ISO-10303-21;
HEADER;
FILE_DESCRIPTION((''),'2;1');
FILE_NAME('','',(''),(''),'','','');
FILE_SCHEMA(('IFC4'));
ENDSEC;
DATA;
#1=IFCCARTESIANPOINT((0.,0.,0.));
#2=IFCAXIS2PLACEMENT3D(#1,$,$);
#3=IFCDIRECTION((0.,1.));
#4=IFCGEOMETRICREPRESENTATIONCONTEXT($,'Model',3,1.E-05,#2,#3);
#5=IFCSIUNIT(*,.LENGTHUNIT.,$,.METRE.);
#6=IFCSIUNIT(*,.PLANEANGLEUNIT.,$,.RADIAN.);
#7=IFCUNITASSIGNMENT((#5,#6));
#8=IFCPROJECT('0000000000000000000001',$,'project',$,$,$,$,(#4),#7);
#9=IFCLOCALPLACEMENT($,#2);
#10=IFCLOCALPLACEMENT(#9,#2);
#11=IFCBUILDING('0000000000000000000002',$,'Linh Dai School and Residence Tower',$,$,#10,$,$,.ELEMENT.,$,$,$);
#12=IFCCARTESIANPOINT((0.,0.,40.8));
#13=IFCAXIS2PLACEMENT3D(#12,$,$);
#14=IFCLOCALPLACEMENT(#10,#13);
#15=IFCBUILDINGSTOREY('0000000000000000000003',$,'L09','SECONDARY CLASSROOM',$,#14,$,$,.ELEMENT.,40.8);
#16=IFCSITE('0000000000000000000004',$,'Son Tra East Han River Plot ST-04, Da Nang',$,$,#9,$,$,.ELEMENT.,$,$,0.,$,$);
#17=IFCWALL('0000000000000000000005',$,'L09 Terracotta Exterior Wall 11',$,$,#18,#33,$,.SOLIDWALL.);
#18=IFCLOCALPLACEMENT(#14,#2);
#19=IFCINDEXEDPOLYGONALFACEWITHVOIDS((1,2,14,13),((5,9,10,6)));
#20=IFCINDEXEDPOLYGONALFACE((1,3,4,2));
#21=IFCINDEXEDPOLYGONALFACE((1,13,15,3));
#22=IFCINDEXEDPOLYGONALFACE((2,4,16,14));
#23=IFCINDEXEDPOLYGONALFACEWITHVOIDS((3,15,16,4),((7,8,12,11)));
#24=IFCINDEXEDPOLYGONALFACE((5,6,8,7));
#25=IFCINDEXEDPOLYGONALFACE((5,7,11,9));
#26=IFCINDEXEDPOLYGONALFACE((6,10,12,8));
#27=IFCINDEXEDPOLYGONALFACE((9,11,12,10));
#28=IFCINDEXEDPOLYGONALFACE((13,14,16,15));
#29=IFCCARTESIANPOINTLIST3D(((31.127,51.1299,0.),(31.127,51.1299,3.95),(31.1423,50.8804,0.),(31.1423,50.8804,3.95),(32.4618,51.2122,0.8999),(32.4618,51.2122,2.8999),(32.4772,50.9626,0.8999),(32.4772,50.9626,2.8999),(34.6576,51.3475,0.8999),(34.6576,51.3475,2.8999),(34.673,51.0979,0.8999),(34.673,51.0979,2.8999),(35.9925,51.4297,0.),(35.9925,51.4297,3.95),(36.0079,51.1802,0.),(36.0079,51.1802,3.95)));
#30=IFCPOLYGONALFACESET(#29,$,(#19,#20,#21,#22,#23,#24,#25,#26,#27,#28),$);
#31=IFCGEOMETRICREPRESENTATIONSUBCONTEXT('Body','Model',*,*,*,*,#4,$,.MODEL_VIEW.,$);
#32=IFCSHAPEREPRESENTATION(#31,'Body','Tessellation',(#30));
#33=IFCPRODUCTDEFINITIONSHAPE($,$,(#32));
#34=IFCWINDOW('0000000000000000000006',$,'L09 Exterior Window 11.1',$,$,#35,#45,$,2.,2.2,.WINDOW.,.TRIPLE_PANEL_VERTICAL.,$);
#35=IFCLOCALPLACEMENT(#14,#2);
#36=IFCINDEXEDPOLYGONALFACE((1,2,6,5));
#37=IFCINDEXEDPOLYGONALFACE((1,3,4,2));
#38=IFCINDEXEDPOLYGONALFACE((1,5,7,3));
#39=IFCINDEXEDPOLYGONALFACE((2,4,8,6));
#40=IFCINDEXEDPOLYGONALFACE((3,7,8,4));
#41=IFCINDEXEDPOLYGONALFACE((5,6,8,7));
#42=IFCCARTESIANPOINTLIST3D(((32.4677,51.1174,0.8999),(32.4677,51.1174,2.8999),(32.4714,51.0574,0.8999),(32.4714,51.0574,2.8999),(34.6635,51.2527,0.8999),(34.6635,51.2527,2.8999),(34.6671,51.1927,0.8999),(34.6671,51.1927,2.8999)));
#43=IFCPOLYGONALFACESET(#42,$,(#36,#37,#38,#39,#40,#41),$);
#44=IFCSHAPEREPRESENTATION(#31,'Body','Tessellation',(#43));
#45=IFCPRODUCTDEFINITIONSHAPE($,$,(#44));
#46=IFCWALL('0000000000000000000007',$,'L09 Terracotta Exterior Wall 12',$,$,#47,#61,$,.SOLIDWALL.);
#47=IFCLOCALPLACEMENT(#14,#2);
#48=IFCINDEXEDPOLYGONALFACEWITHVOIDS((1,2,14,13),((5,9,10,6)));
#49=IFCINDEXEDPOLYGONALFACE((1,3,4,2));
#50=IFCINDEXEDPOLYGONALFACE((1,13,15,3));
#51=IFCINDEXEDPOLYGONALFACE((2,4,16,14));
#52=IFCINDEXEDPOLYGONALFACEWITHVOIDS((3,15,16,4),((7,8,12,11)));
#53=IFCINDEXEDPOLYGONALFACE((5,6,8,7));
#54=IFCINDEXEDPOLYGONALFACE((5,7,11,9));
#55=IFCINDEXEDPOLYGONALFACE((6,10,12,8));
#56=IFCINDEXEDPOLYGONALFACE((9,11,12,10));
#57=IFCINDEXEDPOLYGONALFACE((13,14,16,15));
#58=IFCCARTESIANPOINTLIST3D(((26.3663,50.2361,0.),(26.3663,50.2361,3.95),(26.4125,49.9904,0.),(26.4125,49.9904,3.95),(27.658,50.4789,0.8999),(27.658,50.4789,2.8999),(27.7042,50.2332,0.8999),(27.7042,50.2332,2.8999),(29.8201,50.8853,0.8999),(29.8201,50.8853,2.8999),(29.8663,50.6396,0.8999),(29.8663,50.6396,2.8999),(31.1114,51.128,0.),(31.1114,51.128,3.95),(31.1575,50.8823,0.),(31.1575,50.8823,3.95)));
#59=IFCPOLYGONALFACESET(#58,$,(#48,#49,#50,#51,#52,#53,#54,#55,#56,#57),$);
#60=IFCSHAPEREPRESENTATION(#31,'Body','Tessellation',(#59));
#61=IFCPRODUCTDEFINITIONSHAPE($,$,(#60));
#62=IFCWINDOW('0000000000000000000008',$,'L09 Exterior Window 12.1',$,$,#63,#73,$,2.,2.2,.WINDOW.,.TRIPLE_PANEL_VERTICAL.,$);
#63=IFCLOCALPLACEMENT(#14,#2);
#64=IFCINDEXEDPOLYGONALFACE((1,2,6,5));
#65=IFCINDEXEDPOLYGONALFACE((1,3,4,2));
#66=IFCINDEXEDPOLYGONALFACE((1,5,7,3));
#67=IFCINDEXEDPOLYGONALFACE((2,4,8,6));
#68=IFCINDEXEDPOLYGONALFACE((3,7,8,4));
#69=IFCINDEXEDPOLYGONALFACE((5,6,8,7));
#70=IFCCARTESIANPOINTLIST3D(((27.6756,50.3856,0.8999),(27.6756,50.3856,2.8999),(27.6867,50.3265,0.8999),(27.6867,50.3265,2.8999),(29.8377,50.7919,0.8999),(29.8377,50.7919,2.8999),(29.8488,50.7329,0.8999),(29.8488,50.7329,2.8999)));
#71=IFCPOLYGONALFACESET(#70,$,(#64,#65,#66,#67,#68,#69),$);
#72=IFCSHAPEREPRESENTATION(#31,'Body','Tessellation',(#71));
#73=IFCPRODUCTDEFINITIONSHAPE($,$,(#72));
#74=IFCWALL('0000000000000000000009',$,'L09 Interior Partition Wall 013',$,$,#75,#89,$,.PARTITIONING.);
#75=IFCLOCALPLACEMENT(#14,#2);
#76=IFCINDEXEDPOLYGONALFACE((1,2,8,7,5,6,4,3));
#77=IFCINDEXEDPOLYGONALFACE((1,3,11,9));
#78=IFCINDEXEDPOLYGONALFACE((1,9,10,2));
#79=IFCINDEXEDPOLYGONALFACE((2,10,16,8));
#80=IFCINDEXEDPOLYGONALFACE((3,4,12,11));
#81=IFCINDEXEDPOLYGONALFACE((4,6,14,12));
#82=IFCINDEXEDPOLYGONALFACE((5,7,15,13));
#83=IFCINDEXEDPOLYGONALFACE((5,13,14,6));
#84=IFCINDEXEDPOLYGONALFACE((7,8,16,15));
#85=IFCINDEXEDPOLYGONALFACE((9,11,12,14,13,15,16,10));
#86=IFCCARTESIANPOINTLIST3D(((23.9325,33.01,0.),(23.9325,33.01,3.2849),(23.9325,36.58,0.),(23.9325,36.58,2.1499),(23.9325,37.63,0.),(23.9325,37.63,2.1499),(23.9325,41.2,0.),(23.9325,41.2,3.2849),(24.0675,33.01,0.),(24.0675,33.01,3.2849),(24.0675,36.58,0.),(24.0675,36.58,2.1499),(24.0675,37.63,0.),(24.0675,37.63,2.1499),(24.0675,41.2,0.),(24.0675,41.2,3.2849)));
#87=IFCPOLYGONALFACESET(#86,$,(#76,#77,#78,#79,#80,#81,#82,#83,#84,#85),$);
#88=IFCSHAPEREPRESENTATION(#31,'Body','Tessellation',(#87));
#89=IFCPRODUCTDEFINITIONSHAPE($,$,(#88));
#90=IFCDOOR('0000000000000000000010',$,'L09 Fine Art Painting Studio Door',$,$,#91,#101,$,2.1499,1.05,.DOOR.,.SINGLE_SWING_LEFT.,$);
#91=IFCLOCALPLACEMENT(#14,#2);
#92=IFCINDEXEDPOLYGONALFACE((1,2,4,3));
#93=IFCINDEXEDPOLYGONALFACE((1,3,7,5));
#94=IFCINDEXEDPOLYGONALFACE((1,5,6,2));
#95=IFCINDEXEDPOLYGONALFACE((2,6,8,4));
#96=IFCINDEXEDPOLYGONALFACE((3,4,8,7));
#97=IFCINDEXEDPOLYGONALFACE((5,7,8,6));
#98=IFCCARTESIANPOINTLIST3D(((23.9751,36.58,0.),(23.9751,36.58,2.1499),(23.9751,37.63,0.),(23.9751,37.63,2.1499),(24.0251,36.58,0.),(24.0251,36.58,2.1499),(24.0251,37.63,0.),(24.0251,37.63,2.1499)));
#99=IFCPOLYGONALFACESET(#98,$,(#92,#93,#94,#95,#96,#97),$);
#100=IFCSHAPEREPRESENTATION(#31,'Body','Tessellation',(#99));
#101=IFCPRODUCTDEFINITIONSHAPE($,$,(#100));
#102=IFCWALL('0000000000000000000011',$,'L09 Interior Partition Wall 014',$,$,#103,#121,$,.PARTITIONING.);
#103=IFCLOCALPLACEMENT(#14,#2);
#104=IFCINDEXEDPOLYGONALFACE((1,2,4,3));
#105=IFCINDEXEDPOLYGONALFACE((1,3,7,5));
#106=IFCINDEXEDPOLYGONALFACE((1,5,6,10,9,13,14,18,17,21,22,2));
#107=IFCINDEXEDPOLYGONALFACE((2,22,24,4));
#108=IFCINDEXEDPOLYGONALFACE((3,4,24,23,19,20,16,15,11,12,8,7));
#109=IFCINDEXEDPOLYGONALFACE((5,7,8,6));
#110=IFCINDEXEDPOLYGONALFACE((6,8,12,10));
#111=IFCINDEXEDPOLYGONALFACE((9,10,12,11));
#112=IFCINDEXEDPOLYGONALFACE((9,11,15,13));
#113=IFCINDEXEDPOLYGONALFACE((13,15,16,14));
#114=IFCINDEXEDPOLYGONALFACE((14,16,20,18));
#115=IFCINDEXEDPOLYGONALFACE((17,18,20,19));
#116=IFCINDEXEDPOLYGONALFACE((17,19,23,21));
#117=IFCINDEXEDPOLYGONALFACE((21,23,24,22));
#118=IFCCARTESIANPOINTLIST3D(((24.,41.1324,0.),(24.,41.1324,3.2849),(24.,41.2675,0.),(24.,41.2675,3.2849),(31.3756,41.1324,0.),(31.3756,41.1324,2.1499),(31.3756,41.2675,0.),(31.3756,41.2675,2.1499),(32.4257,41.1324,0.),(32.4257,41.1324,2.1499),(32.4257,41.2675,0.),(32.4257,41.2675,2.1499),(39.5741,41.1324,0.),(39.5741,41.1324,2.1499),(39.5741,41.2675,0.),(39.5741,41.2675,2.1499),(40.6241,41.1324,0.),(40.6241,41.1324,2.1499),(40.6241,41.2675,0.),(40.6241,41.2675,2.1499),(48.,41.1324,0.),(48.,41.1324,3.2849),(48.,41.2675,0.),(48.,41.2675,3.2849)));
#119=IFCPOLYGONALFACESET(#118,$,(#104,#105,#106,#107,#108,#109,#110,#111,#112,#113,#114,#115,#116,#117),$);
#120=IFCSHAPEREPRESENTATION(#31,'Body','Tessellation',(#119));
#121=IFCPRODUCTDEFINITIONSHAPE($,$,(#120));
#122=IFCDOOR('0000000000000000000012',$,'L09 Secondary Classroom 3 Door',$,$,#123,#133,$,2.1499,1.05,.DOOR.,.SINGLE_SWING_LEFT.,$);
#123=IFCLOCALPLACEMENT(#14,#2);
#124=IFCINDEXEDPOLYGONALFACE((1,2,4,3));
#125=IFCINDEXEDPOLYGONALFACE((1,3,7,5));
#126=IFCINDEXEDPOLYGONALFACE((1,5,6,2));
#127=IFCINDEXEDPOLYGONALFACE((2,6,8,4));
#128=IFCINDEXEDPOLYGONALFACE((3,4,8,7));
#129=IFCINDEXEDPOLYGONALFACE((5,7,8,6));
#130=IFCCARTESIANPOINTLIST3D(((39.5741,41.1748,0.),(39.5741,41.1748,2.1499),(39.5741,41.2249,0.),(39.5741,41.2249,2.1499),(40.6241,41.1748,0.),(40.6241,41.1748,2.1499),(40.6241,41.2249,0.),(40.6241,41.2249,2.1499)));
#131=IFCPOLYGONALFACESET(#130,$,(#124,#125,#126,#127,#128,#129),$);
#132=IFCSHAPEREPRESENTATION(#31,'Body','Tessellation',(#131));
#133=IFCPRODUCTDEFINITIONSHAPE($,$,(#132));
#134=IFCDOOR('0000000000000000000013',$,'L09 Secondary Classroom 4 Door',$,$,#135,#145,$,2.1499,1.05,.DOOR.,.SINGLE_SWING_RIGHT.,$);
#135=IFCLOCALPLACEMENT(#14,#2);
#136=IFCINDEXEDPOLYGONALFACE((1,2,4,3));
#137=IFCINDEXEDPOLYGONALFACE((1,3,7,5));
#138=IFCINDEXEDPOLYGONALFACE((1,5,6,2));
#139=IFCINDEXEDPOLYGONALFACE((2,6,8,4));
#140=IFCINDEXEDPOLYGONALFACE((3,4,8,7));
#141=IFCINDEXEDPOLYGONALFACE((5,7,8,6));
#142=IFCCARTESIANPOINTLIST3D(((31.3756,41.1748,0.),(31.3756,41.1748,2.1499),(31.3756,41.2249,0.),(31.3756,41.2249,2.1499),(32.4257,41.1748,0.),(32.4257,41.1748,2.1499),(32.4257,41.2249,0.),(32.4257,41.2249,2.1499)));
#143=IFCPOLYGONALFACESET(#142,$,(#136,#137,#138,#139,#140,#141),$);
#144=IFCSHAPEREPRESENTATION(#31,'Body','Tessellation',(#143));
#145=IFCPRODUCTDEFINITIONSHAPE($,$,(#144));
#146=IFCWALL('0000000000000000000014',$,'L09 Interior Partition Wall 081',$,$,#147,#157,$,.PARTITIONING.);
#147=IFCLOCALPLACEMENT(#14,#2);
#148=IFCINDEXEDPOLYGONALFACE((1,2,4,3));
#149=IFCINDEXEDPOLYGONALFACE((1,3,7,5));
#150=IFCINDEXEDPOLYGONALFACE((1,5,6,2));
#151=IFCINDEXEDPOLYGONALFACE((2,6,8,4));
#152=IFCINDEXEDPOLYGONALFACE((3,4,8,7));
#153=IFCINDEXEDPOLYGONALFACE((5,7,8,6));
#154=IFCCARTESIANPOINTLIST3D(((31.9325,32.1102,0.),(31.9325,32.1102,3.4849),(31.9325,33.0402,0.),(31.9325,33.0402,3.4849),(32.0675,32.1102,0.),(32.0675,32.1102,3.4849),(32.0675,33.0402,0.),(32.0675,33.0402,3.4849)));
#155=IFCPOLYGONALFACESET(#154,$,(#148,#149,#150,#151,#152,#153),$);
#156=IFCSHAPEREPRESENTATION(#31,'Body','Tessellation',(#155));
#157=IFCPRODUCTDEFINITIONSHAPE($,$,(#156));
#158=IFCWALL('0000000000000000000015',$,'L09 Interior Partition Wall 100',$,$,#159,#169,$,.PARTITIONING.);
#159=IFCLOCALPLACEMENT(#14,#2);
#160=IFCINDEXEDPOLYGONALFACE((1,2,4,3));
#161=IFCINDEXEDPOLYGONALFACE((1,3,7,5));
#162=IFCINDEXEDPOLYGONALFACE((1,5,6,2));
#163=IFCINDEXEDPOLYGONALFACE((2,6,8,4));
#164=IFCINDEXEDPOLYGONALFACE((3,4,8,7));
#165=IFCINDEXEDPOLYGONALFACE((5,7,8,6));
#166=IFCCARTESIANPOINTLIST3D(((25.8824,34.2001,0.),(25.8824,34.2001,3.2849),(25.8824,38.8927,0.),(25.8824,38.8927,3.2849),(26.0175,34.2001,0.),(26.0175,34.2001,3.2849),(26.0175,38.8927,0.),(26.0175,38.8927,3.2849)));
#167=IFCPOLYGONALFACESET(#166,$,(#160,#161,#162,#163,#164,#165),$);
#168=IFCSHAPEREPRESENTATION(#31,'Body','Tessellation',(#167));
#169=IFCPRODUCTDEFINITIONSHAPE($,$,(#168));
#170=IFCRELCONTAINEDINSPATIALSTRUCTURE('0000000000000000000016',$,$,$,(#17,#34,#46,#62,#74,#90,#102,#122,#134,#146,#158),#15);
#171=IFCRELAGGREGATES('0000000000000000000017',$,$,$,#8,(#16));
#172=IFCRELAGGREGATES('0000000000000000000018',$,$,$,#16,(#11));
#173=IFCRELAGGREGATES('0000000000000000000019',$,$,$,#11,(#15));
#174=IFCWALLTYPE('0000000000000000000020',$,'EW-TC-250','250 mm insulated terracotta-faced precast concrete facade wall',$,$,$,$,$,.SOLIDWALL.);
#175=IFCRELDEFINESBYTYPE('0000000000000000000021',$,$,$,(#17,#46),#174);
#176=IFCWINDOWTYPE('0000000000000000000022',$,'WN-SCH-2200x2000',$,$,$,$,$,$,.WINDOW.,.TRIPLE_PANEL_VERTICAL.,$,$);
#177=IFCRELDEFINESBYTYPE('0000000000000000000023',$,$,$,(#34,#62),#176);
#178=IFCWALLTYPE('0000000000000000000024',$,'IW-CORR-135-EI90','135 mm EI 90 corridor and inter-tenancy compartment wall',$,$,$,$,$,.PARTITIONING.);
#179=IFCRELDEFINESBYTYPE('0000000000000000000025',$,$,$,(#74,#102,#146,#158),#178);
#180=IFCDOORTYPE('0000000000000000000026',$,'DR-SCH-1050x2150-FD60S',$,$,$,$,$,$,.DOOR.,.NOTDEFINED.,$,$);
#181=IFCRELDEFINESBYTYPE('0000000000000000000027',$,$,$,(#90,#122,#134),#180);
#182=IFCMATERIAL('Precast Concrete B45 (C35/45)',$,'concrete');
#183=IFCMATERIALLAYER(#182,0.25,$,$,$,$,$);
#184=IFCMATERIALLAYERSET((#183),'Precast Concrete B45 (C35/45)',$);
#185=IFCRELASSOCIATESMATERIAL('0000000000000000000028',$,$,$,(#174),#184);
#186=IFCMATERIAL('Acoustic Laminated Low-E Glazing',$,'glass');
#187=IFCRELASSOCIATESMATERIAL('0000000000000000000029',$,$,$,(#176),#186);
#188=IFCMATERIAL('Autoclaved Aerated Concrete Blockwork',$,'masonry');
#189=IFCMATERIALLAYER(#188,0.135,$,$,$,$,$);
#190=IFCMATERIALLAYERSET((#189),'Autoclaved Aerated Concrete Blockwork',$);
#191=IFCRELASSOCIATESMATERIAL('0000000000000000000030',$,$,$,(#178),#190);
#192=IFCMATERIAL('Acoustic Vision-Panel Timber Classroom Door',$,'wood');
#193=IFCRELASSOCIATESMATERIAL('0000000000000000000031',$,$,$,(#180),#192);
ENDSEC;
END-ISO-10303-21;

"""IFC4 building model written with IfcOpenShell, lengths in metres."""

from ifc_helpers import new_model, si_unit, direction, frame, frame_2d, origin, origin_2d, place, context, subcontext, project, spatial, rectangle, extrude, source, transform, mapped, material, layer, layer_set, type_object, element, fill, save


model = new_model("IFC4")

# Units and contexts
model_context = context("Model", 3, precision=1e-05, world=origin(), true_north=direction((0.0, 1.0)))
body_context = subcontext(model_context, "Body", "Model", "MODEL_VIEW")
ifc_project = project(units=[si_unit("LENGTHUNIT", "METRE"), si_unit("PLANEANGLEUNIT", "RADIAN")], contexts=[model_context])

# Site, building, storey
site_placement = place(None, origin())
site = spatial("IfcSite", under=ifc_project, at=site_placement, Name="Son Tra East Han River Plot ST-04, Da Nang", CompositionType="ELEMENT", RefElevation=0.0)
building_placement = place(site_placement, origin())
building = spatial("IfcBuilding", under=site, at=building_placement, Name="Linh Dai School and Residence Tower", CompositionType="ELEMENT")
storey_placement = place(building_placement, frame((0.0, 0.0, 40.8)))
storey = spatial("IfcBuildingStorey", under=building, at=storey_placement, Name="L09", Description="SECONDARY CLASSROOM", CompositionType="ELEMENT", Elevation=40.8)

# Walls, openings, windows
ifc_material_1 = material(Name="Precast Concrete B45 (C35/45)", Category="concrete")
ifc_layer_1 = layer(ifc_material_1, 0.25)
ifc_layer_set_1 = layer_set([ifc_layer_1], Name="Precast Concrete B45 (C35/45)")
wall_type_1 = type_object("IfcWallType", Name="EW-TC-250", Description="250 mm insulated terracotta-faced precast concrete facade wall", PredefinedType="SOLIDWALL", material=ifc_layer_set_1)
ifc_material_2 = material(Name="Acoustic Laminated Low-E Glazing", Category="glass")
window_type = type_object("IfcWindowType", Name="WN-SCH-2200x2000", PartitioningType="TRIPLE_PANEL_VERTICAL", PredefinedType="WINDOW", material=ifc_material_2)
shared_shape_1 = source(origin(), body_context, "Body", "SweptSolid", [
    extrude(rectangle(XDim=2.2, YDim=2.0, at=origin_2d()), frame((1.1001, 0.03, 1.0), z_axis=(0.0, -1.0, 0.0), x_axis=(1.0, 0.0, 0.0)), (0.0, 0.0, 1.0), 0.0601),
])
wall_1_placement = place(storey_placement, frame((31.1345, 51.0051, 0.0), z_axis=(0.0, 0.0, 1.0), x_axis=(0.998107, 0.061502, 0.0)))
wall_1 = element("IfcWall", 1, at=wall_1_placement, inside=storey, type_object=wall_type_1, Name="L09 Terracotta Exterior Wall 11", PredefinedType="SOLIDWALL", context=body_context, shape_type="SweptSolid", body=[
    extrude(rectangle(XDim=4.8748, YDim=0.25, at=frame_2d((2.4375, 0.0))), origin(), (0.0, 0.0, 1.0), 3.95),
])
opening_1_placement = place(wall_1_placement, frame((1.3374, 0.0, 0.8999)))
opening_1 = element("IfcOpeningElement", 2, at=opening_1_placement, cuts=wall_1, PredefinedType="OPENING", context=body_context, shape_type="SweptSolid", body=[
    extrude(rectangle(XDim=2.2, YDim=2.0, at=origin_2d()), frame((1.1001, 0.135, 1.0), z_axis=(0.0, -1.0, 0.0), x_axis=(1.0, 0.0, 0.0)), (0.0, 0.0, 1.0), 0.27),
])
window_1_placement = place(opening_1_placement, origin())
window_1 = element("IfcWindow", 3, at=window_1_placement, inside=storey, type_object=window_type, Name="L09 Exterior Window 11.1", OverallHeight=2.0, OverallWidth=2.2, PartitioningType="TRIPLE_PANEL_VERTICAL", PredefinedType="WINDOW", context=body_context, shape_type="MappedRepresentation", body=[
    mapped(shared_shape_1, transform((0.0, 0.0, 0.0), x_axis=(1.0, 0.0, 0.0), y_axis=(0.0, 1.0, 0.0), z_axis=(0.0, 0.0, 1.0), scale=1.0)),
])
fill(opening_1, window_1)
wall_2_placement = place(storey_placement, frame((26.3894, 50.1133, 0.0), z_axis=(0.0, 0.0, 1.0), x_axis=(0.982792, 0.184716, 0.0)))
wall_2 = element("IfcWall", 4, at=wall_2_placement, inside=storey, type_object=wall_type_1, Name="L09 Terracotta Exterior Wall 12", PredefinedType="SOLIDWALL", context=body_context, shape_type="SweptSolid", body=[
    extrude(rectangle(XDim=4.8281, YDim=0.25, at=frame_2d((2.4141, 0.0))), origin(), (0.0, 0.0, 1.0), 3.95),
])
opening_2_placement = place(wall_2_placement, frame((1.3142, 0.0, 0.8999)))
opening_2 = element("IfcOpeningElement", 5, at=opening_2_placement, cuts=wall_2, PredefinedType="OPENING", context=body_context, shape_type="SweptSolid", body=[
    extrude(rectangle(XDim=2.2, YDim=2.0, at=origin_2d()), frame((1.1001, 0.135, 1.0), z_axis=(0.0, -1.0, 0.0), x_axis=(1.0, 0.0, 0.0)), (0.0, 0.0, 1.0), 0.27),
])
window_2_placement = place(opening_2_placement, origin())
window_2 = element("IfcWindow", 6, at=window_2_placement, inside=storey, type_object=window_type, Name="L09 Exterior Window 12.1", OverallHeight=2.0, OverallWidth=2.2, PartitioningType="TRIPLE_PANEL_VERTICAL", PredefinedType="WINDOW", context=body_context, shape_type="MappedRepresentation", body=[
    mapped(shared_shape_1, transform((0.0, 0.0, 0.0), x_axis=(1.0, 0.0, 0.0), y_axis=(0.0, 1.0, 0.0), z_axis=(0.0, 0.0, 1.0), scale=1.0)),
])
fill(opening_2, window_2)

# Wall, opening, door
ifc_material_3 = material(Name="Autoclaved Aerated Concrete Blockwork", Category="masonry")
ifc_layer_2 = layer(ifc_material_3, 0.135)
ifc_layer_set_2 = layer_set([ifc_layer_2], Name="Autoclaved Aerated Concrete Blockwork")
wall_type_2 = type_object("IfcWallType", Name="IW-CORR-135-EI90", Description="135 mm EI 90 corridor and inter-tenancy compartment wall", PredefinedType="PARTITIONING", material=ifc_layer_set_2)
wall_3_placement = place(storey_placement, frame((24.0, 33.01, 0.0), z_axis=(0.0, 0.0, 1.0), x_axis=(0.0, 1.0, 0.0)))
wall_3 = element("IfcWall", 7, at=wall_3_placement, inside=storey, type_object=wall_type_2, Name="L09 Interior Partition Wall 013", PredefinedType="PARTITIONING", context=body_context, shape_type="SweptSolid", body=[
    extrude(rectangle(XDim=8.1899, YDim=0.135, at=frame_2d((4.095, 0.0))), origin(), (0.0, 0.0, 1.0), 3.2849),
])
opening_3_placement = place(wall_3_placement, frame((3.5701, 0.0, 0.0)))
opening_3 = element("IfcOpeningElement", 8, at=opening_3_placement, cuts=wall_3, PredefinedType="OPENING", context=body_context, shape_type="SweptSolid", body=[
    extrude(rectangle(XDim=1.05, YDim=2.1499, at=origin_2d()), frame((0.5249, 0.0776, 1.075), z_axis=(0.0, -1.0, 0.0), x_axis=(1.0, 0.0, 0.0)), (0.0, 0.0, 1.0), 0.155),
])
ifc_material_4 = material(Name="Acoustic Vision-Panel Timber Classroom Door", Category="wood")
door_type = type_object("IfcDoorType", Name="DR-SCH-1050x2150-FD60S", OperationType="NOTDEFINED", PredefinedType="DOOR", material=ifc_material_4)
shared_shape_2 = source(origin(), body_context, "Body", "SweptSolid", [
    extrude(rectangle(XDim=1.05, YDim=2.1499, at=origin_2d()), frame((0.5249, 0.0249, 1.075), z_axis=(0.0, -1.0, 0.0), x_axis=(1.0, 0.0, 0.0)), (0.0, 0.0, 1.0), 0.05),
])
door_1_placement = place(opening_3_placement, origin())
door_1 = element("IfcDoor", 9, at=door_1_placement, inside=storey, type_object=door_type, Name="L09 Fine Art Painting Studio Door", OperationType="SINGLE_SWING_LEFT", OverallHeight=2.1499, OverallWidth=1.05, PredefinedType="DOOR", context=body_context, shape_type="MappedRepresentation", body=[
    mapped(shared_shape_2, transform((0.0, 0.0, 0.0), x_axis=(1.0, 0.0, 0.0), y_axis=(0.0, 1.0, 0.0), z_axis=(0.0, 0.0, 1.0), scale=1.0)),
])
fill(opening_3, door_1)

# Wall, openings, doors
wall_4_placement = place(storey_placement, frame((24.0, 41.2, 0.0), z_axis=(0.0, 0.0, 1.0), x_axis=(1.0, 0.0, 0.0)))
wall_4 = element("IfcWall", 10, at=wall_4_placement, inside=storey, type_object=wall_type_2, Name="L09 Interior Partition Wall 014", PredefinedType="PARTITIONING", context=body_context, shape_type="SweptSolid", body=[
    extrude(rectangle(XDim=24.0, YDim=0.135, at=frame_2d((12.0, 0.0))), origin(), (0.0, 0.0, 1.0), 3.2849),
])
opening_4_placement = place(wall_4_placement, frame((15.5742, 0.0, 0.0)))
opening_4 = element("IfcOpeningElement", 11, at=opening_4_placement, cuts=wall_4, PredefinedType="OPENING", context=body_context, shape_type="SweptSolid", body=[
    extrude(rectangle(XDim=1.05, YDim=2.1499, at=origin_2d()), frame((0.5249, 0.0776, 1.075), z_axis=(0.0, -1.0, 0.0), x_axis=(1.0, 0.0, 0.0)), (0.0, 0.0, 1.0), 0.155),
])
opening_5_placement = place(wall_4_placement, frame((7.3757, 0.0, 0.0)))
opening_5 = element("IfcOpeningElement", 12, at=opening_5_placement, cuts=wall_4, PredefinedType="OPENING", context=body_context, shape_type="SweptSolid", body=[
    extrude(rectangle(XDim=1.05, YDim=2.1499, at=origin_2d()), frame((0.5249, 0.0776, 1.075), z_axis=(0.0, -1.0, 0.0), x_axis=(1.0, 0.0, 0.0)), (0.0, 0.0, 1.0), 0.155),
])
door_2_placement = place(opening_4_placement, origin())
door_2 = element("IfcDoor", 13, at=door_2_placement, inside=storey, type_object=door_type, Name="L09 Secondary Classroom 3 Door", OperationType="SINGLE_SWING_LEFT", OverallHeight=2.1499, OverallWidth=1.05, PredefinedType="DOOR", context=body_context, shape_type="MappedRepresentation", body=[
    mapped(shared_shape_2, transform((0.0, 0.0, 0.0), x_axis=(1.0, 0.0, 0.0), y_axis=(0.0, 1.0, 0.0), z_axis=(0.0, 0.0, 1.0), scale=1.0)),
])
fill(opening_4, door_2)
door_3_placement = place(opening_5_placement, origin())
door_3 = element("IfcDoor", 14, at=door_3_placement, inside=storey, type_object=door_type, Name="L09 Secondary Classroom 4 Door", OperationType="SINGLE_SWING_RIGHT", OverallHeight=2.1499, OverallWidth=1.05, PredefinedType="DOOR", context=body_context, shape_type="MappedRepresentation", body=[
    mapped(shared_shape_2, transform((0.0, 0.0, 0.0), x_axis=(1.0, 0.0, 0.0), y_axis=(0.0, 1.0, 0.0), z_axis=(0.0, 0.0, 1.0), scale=1.0)),
])
fill(opening_5, door_3)

# Walls
wall_5_placement = place(storey_placement, frame((32.0, 33.04, 0.0), z_axis=(0.0, 0.0, 1.0), x_axis=(0.0, -1.0, 0.0)))
element("IfcWall", 15, at=wall_5_placement, inside=storey, type_object=wall_type_2, Name="L09 Interior Partition Wall 081", PredefinedType="PARTITIONING", context=body_context, shape_type="SweptSolid", body=[
    extrude(rectangle(XDim=0.9299, YDim=0.135, at=frame_2d((0.4648, 0.0))), origin(), (0.0, 0.0, 1.0), 3.4849),
])
wall_6_placement = place(storey_placement, frame((25.95, 38.8926, 0.0), z_axis=(0.0, 0.0, 1.0), x_axis=(0.0, -1.0, 0.0)))
element("IfcWall", 16, at=wall_6_placement, inside=storey, type_object=wall_type_2, Name="L09 Interior Partition Wall 100", PredefinedType="PARTITIONING", context=body_context, shape_type="SweptSolid", body=[
    extrude(rectangle(XDim=4.6926, YDim=0.135, at=frame_2d((2.3462, 0.0))), origin(), (0.0, 0.0, 1.0), 3.2849),
])

save(model, "model.ifc")
